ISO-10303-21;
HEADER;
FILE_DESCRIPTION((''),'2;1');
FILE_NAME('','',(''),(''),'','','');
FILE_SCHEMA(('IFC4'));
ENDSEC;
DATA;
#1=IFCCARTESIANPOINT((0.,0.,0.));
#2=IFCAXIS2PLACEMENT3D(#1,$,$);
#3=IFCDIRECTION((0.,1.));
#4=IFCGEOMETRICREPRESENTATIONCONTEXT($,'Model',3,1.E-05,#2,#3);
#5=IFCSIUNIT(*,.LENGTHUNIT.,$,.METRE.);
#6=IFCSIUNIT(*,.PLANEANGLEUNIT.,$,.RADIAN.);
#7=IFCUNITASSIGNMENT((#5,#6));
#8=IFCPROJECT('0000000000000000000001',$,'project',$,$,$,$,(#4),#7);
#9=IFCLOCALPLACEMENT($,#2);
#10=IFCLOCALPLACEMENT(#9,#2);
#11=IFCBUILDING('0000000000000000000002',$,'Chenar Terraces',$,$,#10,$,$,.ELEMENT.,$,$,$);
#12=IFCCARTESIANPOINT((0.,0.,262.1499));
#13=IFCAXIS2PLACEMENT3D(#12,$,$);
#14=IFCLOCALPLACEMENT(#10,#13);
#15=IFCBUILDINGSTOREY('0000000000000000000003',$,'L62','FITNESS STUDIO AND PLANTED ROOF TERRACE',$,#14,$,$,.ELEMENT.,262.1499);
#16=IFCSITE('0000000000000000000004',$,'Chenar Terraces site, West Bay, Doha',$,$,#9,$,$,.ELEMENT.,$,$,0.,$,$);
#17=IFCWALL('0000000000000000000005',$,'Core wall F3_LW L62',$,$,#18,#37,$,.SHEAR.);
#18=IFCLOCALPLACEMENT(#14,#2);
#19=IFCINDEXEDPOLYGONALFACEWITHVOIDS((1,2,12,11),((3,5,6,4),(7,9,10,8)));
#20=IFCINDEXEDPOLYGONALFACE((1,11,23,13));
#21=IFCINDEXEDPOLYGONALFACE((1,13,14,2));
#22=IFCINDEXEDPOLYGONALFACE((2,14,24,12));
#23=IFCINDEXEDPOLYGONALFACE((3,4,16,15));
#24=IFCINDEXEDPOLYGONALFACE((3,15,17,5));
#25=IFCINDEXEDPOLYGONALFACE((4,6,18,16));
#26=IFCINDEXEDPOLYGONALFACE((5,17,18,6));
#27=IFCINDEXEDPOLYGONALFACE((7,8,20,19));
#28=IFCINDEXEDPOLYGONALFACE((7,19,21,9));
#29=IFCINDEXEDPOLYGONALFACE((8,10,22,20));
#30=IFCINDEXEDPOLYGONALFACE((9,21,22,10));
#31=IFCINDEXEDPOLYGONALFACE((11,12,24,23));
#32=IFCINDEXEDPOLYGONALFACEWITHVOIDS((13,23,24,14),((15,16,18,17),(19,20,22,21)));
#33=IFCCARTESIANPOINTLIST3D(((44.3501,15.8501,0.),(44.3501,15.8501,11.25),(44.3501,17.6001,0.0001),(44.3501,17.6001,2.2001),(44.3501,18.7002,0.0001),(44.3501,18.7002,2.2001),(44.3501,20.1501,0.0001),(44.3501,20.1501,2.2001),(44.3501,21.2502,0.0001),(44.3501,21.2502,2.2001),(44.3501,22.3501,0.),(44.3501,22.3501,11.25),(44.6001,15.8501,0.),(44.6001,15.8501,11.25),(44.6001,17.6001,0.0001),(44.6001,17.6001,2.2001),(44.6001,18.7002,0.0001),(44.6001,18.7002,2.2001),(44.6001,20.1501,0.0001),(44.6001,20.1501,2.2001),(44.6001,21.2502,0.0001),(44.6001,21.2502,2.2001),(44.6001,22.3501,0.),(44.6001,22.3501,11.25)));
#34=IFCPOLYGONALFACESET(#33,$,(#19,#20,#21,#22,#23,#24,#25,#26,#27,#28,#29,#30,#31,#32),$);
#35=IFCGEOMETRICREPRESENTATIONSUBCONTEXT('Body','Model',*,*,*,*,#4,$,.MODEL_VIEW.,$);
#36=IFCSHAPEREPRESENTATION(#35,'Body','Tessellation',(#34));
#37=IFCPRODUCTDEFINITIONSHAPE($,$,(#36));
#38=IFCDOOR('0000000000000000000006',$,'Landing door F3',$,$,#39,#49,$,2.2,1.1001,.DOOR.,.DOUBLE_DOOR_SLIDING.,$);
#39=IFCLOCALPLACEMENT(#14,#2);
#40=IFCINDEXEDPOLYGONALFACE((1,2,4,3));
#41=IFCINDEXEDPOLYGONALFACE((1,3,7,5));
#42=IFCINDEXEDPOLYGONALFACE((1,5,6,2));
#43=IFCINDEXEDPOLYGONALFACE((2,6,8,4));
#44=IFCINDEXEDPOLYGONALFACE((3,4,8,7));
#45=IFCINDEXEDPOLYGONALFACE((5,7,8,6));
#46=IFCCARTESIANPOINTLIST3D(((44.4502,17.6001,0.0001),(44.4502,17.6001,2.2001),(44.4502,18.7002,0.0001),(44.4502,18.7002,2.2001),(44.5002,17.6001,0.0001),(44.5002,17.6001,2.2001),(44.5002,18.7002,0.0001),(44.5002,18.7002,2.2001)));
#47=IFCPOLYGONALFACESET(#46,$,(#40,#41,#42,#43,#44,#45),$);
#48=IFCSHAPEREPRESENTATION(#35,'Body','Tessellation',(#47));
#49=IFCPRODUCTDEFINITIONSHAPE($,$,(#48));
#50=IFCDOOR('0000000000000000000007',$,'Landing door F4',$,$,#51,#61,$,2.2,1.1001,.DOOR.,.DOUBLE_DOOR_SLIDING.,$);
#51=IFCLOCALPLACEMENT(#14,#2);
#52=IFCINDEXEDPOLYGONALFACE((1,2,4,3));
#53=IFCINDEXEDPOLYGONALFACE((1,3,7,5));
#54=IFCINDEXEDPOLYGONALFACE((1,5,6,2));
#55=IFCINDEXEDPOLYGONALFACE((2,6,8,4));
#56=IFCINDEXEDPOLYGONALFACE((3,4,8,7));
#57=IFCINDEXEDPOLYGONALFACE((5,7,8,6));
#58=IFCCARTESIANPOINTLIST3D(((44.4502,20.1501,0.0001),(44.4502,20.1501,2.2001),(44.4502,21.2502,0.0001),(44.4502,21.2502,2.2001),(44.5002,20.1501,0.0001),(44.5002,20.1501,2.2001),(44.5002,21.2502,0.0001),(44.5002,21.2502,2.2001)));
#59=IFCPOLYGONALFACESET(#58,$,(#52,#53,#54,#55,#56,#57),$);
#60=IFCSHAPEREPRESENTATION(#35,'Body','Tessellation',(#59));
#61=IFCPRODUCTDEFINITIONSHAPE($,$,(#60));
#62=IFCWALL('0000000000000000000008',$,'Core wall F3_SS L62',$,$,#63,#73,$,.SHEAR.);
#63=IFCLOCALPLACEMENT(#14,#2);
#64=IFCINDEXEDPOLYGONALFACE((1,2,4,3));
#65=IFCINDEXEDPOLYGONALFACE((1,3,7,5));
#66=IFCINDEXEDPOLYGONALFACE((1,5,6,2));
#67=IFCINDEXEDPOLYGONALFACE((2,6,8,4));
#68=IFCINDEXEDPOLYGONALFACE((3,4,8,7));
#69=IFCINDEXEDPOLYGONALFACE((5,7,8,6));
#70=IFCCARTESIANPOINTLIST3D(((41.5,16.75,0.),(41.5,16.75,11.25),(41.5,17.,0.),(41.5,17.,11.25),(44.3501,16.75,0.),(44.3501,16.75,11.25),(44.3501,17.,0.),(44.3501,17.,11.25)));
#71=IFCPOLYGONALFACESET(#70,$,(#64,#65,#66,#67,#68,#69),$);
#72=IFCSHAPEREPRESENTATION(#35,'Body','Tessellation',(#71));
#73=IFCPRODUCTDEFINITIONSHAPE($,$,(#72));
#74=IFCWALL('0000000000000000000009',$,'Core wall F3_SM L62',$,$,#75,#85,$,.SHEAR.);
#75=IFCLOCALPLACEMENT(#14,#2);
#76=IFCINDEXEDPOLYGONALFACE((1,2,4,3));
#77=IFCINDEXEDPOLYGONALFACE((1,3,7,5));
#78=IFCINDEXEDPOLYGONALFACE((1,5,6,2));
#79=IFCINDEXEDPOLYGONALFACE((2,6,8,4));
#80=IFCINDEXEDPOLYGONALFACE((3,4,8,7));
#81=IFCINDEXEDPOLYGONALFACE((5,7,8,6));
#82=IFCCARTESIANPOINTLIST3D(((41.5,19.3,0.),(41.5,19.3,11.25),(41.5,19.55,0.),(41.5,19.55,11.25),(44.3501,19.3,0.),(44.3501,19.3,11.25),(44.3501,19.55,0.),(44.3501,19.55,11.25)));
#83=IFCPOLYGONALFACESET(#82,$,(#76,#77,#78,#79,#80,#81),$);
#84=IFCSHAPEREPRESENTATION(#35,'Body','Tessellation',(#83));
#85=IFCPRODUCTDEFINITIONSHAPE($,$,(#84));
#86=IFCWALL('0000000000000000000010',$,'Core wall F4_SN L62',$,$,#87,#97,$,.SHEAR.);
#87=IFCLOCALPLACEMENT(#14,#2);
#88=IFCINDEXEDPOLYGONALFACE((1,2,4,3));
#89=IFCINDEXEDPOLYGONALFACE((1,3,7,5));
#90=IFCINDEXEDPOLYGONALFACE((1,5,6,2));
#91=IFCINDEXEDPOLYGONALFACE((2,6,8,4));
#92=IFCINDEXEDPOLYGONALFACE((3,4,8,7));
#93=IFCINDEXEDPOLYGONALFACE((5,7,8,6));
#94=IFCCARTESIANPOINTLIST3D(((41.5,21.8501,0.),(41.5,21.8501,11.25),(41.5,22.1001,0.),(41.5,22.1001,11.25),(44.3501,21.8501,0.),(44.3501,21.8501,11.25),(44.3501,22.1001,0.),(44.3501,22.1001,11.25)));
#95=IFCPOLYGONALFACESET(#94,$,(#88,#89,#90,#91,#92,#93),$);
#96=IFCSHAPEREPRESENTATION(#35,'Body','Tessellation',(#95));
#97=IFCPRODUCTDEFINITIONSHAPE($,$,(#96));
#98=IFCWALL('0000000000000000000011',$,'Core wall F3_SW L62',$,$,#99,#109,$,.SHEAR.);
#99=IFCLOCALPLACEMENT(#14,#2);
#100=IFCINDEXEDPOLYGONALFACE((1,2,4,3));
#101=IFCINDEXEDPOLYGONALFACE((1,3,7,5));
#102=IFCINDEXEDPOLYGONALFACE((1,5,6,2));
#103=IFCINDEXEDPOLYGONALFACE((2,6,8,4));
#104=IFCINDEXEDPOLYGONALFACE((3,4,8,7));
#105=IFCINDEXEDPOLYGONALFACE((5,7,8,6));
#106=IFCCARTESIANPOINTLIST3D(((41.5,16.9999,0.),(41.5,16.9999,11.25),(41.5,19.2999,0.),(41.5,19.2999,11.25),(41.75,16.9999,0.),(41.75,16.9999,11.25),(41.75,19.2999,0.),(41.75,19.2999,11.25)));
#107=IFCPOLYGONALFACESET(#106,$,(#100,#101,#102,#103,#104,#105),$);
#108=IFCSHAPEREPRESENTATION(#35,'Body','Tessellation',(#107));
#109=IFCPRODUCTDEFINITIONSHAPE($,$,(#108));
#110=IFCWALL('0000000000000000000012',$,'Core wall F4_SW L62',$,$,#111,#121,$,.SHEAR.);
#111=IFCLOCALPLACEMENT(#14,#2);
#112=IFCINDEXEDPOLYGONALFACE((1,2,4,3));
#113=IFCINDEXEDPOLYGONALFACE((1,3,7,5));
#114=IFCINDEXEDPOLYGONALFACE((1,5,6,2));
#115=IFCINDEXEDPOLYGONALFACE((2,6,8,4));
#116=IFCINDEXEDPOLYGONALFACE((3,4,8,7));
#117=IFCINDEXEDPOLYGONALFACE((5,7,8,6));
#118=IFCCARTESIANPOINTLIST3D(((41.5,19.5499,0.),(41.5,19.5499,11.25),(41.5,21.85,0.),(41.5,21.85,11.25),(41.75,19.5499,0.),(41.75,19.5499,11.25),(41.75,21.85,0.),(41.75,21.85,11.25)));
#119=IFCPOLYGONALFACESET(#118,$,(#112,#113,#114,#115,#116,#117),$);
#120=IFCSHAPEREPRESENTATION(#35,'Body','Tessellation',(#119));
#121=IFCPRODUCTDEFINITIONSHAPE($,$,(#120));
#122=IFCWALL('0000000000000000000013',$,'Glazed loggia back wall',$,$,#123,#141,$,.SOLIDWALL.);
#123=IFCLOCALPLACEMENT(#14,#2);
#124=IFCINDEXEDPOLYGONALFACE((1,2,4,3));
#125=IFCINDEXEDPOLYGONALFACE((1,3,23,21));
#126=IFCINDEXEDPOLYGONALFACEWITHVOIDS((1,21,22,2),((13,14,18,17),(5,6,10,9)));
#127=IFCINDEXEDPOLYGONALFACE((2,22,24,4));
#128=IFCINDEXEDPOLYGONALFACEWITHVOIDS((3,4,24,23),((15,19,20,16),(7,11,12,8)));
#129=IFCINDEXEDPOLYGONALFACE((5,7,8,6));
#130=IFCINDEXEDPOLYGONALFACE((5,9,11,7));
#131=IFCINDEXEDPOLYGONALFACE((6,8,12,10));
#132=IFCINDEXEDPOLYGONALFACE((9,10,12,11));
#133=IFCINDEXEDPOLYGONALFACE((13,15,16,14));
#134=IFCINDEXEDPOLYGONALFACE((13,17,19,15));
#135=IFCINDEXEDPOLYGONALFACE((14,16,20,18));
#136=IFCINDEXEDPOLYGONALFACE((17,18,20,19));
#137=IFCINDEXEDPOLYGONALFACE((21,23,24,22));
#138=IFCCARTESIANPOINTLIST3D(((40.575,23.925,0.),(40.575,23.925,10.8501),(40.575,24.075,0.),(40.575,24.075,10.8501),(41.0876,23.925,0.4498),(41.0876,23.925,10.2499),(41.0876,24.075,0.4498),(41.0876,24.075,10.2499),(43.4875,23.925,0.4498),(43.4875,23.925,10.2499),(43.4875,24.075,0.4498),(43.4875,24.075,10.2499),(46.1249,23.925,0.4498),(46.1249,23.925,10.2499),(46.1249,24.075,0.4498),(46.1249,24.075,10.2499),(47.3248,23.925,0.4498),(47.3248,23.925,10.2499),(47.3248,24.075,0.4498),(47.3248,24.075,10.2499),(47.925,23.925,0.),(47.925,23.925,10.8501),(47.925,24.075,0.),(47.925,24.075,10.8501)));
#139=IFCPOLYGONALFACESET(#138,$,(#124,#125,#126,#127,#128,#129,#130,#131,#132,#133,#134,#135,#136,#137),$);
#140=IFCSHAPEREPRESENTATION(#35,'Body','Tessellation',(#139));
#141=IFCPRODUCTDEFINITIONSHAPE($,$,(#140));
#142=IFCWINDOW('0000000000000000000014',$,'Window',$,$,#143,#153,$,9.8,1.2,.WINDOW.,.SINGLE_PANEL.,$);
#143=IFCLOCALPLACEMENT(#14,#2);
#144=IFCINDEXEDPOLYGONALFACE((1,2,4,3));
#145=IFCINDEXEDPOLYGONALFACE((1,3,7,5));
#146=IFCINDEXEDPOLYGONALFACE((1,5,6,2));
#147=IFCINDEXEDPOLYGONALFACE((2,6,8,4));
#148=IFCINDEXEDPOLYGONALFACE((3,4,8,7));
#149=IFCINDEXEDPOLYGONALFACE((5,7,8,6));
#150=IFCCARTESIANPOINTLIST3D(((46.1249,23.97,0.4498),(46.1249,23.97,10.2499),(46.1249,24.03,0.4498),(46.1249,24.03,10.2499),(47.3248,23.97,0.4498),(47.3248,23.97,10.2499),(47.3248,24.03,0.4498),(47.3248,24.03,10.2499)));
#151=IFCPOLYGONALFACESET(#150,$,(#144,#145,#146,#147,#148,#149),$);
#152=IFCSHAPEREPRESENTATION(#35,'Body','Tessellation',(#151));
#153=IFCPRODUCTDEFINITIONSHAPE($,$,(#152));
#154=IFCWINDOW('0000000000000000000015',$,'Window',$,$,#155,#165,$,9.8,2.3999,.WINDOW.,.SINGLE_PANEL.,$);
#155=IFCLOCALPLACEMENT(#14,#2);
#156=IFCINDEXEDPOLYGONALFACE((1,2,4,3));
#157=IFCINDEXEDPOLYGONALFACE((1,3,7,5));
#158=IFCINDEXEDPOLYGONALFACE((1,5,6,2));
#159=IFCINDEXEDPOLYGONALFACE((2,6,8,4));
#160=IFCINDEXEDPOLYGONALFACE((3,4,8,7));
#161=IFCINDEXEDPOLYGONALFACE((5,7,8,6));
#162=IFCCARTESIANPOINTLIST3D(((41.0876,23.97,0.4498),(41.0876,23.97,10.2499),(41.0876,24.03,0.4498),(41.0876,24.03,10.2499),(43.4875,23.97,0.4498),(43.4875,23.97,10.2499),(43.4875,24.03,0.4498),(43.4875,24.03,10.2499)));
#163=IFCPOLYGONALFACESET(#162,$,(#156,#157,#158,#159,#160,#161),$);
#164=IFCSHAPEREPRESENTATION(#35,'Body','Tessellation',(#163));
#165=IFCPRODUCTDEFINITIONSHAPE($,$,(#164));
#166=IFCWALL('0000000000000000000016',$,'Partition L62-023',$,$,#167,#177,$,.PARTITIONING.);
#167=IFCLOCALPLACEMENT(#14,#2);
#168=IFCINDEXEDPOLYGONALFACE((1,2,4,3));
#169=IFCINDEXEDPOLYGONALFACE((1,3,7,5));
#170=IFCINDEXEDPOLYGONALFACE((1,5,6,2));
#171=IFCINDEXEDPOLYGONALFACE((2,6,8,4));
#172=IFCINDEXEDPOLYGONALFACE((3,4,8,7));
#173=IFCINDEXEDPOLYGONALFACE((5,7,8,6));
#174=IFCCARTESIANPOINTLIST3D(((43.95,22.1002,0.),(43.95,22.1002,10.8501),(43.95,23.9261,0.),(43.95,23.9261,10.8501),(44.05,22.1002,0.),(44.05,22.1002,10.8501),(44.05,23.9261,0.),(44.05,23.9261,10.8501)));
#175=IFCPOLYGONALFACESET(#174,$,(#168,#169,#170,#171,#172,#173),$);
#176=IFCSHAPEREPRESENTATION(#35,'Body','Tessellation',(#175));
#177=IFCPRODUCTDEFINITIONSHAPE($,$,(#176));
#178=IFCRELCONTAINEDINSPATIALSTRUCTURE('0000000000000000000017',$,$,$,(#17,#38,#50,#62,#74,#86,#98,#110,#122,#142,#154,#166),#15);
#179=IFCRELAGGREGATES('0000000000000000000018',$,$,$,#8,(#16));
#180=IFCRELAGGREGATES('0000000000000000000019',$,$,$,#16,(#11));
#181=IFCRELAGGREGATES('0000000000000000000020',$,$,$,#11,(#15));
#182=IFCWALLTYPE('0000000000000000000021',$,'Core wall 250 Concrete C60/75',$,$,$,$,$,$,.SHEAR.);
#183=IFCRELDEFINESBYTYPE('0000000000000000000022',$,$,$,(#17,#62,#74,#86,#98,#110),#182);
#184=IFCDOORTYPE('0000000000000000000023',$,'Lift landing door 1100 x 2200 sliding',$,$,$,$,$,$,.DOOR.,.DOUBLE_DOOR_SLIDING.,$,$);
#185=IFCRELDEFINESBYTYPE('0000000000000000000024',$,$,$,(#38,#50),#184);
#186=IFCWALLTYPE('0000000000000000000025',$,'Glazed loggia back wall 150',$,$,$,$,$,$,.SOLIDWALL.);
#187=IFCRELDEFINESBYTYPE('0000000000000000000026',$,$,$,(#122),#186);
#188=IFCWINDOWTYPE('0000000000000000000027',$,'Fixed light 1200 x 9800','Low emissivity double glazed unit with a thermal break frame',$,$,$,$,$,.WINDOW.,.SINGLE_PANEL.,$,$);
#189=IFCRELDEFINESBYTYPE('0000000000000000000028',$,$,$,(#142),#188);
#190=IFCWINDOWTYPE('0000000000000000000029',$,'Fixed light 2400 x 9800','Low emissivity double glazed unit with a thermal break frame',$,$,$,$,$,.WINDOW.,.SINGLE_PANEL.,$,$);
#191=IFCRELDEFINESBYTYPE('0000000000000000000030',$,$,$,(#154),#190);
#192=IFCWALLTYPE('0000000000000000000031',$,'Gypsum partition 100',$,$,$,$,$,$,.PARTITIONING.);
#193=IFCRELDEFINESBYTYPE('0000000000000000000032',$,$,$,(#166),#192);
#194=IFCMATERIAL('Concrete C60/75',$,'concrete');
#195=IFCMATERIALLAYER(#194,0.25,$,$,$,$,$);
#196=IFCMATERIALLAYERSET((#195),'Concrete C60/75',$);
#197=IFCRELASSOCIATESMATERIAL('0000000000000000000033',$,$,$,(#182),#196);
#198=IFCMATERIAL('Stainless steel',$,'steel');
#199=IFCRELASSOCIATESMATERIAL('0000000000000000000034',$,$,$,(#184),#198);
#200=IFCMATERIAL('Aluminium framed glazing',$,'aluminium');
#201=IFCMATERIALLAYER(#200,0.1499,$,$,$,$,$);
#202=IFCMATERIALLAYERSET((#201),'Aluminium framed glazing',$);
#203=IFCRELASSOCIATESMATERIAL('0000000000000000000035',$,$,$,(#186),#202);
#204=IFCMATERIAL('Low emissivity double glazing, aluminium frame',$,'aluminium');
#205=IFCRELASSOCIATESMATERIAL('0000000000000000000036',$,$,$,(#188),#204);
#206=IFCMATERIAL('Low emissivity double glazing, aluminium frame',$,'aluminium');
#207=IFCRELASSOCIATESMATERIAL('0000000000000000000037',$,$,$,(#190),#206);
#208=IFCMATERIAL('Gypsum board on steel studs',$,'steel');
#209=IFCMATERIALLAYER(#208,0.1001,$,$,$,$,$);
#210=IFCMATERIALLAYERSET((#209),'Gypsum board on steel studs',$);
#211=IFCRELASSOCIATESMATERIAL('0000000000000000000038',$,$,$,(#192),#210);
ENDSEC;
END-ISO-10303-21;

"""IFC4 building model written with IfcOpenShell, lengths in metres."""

from ifc_helpers import new_model, si_unit, direction, frame, frame_2d, origin, place, context, subcontext, project, spatial, rectangle, extrude, material, layer, layer_set, type_object, element, fill, save


model = new_model("IFC4")

# Units and contexts
model_context = context("Model", 3, precision=1e-05, world=origin(), true_north=direction((0.0, 1.0)))
body_context = subcontext(model_context, "Body", "Model", "MODEL_VIEW")
ifc_project = project(units=[si_unit("LENGTHUNIT", "METRE"), si_unit("PLANEANGLEUNIT", "RADIAN")], contexts=[model_context])

# Site, building, storey
site_placement = place(None, origin())
site = spatial("IfcSite", under=ifc_project, at=site_placement, Name="Chenar Terraces site, West Bay, Doha", CompositionType="ELEMENT", RefElevation=0.0)
building_placement = place(site_placement, origin())
building = spatial("IfcBuilding", under=site, at=building_placement, Name="Chenar Terraces", CompositionType="ELEMENT")
storey_placement = place(building_placement, frame((0.0, 0.0, 262.1499)))
storey = spatial("IfcBuildingStorey", under=building, at=storey_placement, Name="L62", Description="FITNESS STUDIO AND PLANTED ROOF TERRACE", CompositionType="ELEMENT", Elevation=262.1499)

# Shared definitions
ifc_material_1 = material(Name="Concrete C60/75", Category="concrete")
ifc_layer_1 = layer(ifc_material_1, 0.25)
ifc_layer_set_1 = layer_set([ifc_layer_1], Name="Concrete C60/75")
wall_type_1 = type_object("IfcWallType", Name="Core wall 250 Concrete C60/75", PredefinedType="SHEAR", material=ifc_layer_set_1)

# Wall, openings, doors
wall_1_placement = place(storey_placement, frame((44.4751, 15.8501, 0.0), z_axis=(0.0, 0.0, 1.0), x_axis=(0.0, 1.0, 0.0)))
wall_1 = element("IfcWall", 1, at=wall_1_placement, inside=storey, type_object=wall_type_1, Name="Core wall F3_LW L62", PredefinedType="SHEAR", context=body_context, shape_type="SweptSolid", body=[
    extrude(rectangle(XDim=6.5, YDim=0.25, at=frame_2d((3.25, 0.0))), origin(), (0.0, 0.0, 1.0), 11.25),
])
opening_1_placement = place(wall_1_placement, frame((1.75, 0.0, 0.0)))
opening_1 = element("IfcOpeningElement", 2, at=opening_1_placement, cuts=wall_1, PredefinedType="OPENING", context=body_context, shape_type="SweptSolid", body=[
    extrude(rectangle(XDim=1.1001, YDim=2.2, at=frame_2d((0.55, 1.1001))), frame((0.0, 0.135, 0.0), z_axis=(0.0, -1.0, 0.0), x_axis=(1.0, 0.0, 0.0)), (0.0, 0.0, 1.0), 0.27),
])
opening_2_placement = place(wall_1_placement, frame((4.3, 0.0, 0.0)))
opening_2 = element("IfcOpeningElement", 3, at=opening_2_placement, cuts=wall_1, PredefinedType="OPENING", context=body_context, shape_type="SweptSolid", body=[
    extrude(rectangle(XDim=1.1001, YDim=2.2, at=frame_2d((0.55, 1.1001))), frame((0.0, 0.135, 0.0), z_axis=(0.0, -1.0, 0.0), x_axis=(1.0, 0.0, 0.0)), (0.0, 0.0, 1.0), 0.27),
])
ifc_material_2 = material(Name="Stainless steel", Category="steel")
door_type_1 = type_object("IfcDoorType", Name="Lift landing door 1100 x 2200 sliding", OperationType="DOUBLE_DOOR_SLIDING", PredefinedType="DOOR", material=ifc_material_2)
door_1_placement = place(opening_1_placement, origin())
door_1 = element("IfcDoor", 4, at=door_1_placement, inside=storey, type_object=door_type_1, Name="Landing door F3", OperationType="DOUBLE_DOOR_SLIDING", OverallHeight=2.2, OverallWidth=1.1001, PredefinedType="DOOR", context=body_context, shape_type="SweptSolid", body=[
    extrude(rectangle(XDim=1.1001, YDim=2.2, at=frame_2d((0.55, 1.1001))), frame((0.0, 0.0249, 0.0), z_axis=(0.0, -1.0, 0.0), x_axis=(1.0, 0.0, 0.0)), (0.0, 0.0, 1.0), 0.05),
])
fill(opening_1, door_1)
door_2_placement = place(opening_2_placement, origin())
door_2 = element("IfcDoor", 5, at=door_2_placement, inside=storey, type_object=door_type_1, Name="Landing door F4", OperationType="DOUBLE_DOOR_SLIDING", OverallHeight=2.2, OverallWidth=1.1001, PredefinedType="DOOR", context=body_context, shape_type="SweptSolid", body=[
    extrude(rectangle(XDim=1.1001, YDim=2.2, at=frame_2d((0.55, 1.1001))), frame((0.0, 0.0249, 0.0), z_axis=(0.0, -1.0, 0.0), x_axis=(1.0, 0.0, 0.0)), (0.0, 0.0, 1.0), 0.05),
])
fill(opening_2, door_2)

# Walls
for number, where, z_axis, x_axis, name in (
    (6, (41.5, 16.875, 0.0), (0.0, 0.0, 1.0), (1.0, 0.0, 0.0), "Core wall F3_SS L62"),
    (7, (41.5, 19.425, 0.0), (0.0, 0.0, 1.0), (1.0, 0.0, 0.0), "Core wall F3_SM L62"),
    (8, (41.5, 21.9751, 0.0), (0.0, 0.0, 1.0), (1.0, 0.0, 0.0), "Core wall F4_SN L62"),
):
    element("IfcWall", number, at=place(storey_placement, frame(where, z_axis=z_axis, x_axis=x_axis)), inside=storey, type_object=wall_type_1, Name=name, PredefinedType="SHEAR", context=body_context, shape_type="SweptSolid", body=[
        extrude(rectangle(XDim=2.8501, YDim=0.25, at=frame_2d((1.425, 0.0))), origin(), (0.0, 0.0, 1.0), 11.25),
    ])
for number, where, z_axis, x_axis, name in (
    (9, (41.625, 17.0, 0.0), (0.0, 0.0, 1.0), (0.0, 1.0, 0.0), "Core wall F3_SW L62"),
    (10, (41.625, 19.55, 0.0), (0.0, 0.0, 1.0), (0.0, 1.0, 0.0), "Core wall F4_SW L62"),
):
    element("IfcWall", number, at=place(storey_placement, frame(where, z_axis=z_axis, x_axis=x_axis)), inside=storey, type_object=wall_type_1, Name=name, PredefinedType="SHEAR", context=body_context, shape_type="SweptSolid", body=[
        extrude(rectangle(XDim=2.3, YDim=0.25, at=frame_2d((1.1499, 0.0))), origin(), (0.0, 0.0, 1.0), 11.25),
    ])

# Wall, openings, windows
ifc_material_3 = material(Name="Aluminium framed glazing", Category="aluminium")
ifc_layer_2 = layer(ifc_material_3, 0.1499)
ifc_layer_set_2 = layer_set([ifc_layer_2], Name="Aluminium framed glazing")
wall_type_2 = type_object("IfcWallType", Name="Glazed loggia back wall 150", PredefinedType="SOLIDWALL", material=ifc_layer_set_2)
wall_2_placement = place(storey_placement, frame((47.925, 24.0, 0.0), z_axis=(0.0, 0.0, 1.0), x_axis=(-1.0, 0.0, 0.0)))
wall_2 = element("IfcWall", 11, at=wall_2_placement, inside=storey, type_object=wall_type_2, Name="Glazed loggia back wall", PredefinedType="SOLIDWALL", context=body_context, shape_type="SweptSolid", body=[
    extrude(rectangle(XDim=7.3501, YDim=0.1499, at=frame_2d((3.675, 0.0))), origin(), (0.0, 0.0, 1.0), 10.8501),
])
opening_3_placement = place(wall_2_placement, frame((0.6001, 0.0, 0.45)))
opening_3 = element("IfcOpeningElement", 12, at=opening_3_placement, cuts=wall_2, PredefinedType="OPENING", context=body_context, shape_type="SweptSolid", body=[
    extrude(rectangle(XDim=1.2, YDim=9.8, at=frame_2d((0.6001, 4.8999))), frame((0.0, 0.085, 0.0), z_axis=(0.0, -1.0, 0.0), x_axis=(1.0, 0.0, 0.0)), (0.0, 0.0, 1.0), 0.1699),
])
opening_4_placement = place(wall_2_placement, frame((4.4375, 0.0, 0.45)))
opening_4 = element("IfcOpeningElement", 13, at=opening_4_placement, cuts=wall_2, PredefinedType="OPENING", context=body_context, shape_type="SweptSolid", body=[
    extrude(rectangle(XDim=2.3999, YDim=9.8, at=frame_2d((1.2, 4.8999))), frame((0.0, 0.085, 0.0), z_axis=(0.0, -1.0, 0.0), x_axis=(1.0, 0.0, 0.0)), (0.0, 0.0, 1.0), 0.1699),
])
ifc_material_4 = material(Name="Low emissivity double glazing, aluminium frame", Category="aluminium")
window_type_1 = type_object("IfcWindowType", Name="Fixed light 1200 x 9800", Description="Low emissivity double glazed unit with a thermal break frame", PartitioningType="SINGLE_PANEL", PredefinedType="WINDOW", material=ifc_material_4)
window_1_placement = place(opening_3_placement, origin())
window_1 = element("IfcWindow", 14, at=window_1_placement, inside=storey, type_object=window_type_1, Name="Window", OverallHeight=9.8, OverallWidth=1.2, PartitioningType="SINGLE_PANEL", PredefinedType="WINDOW", context=body_context, shape_type="SweptSolid", body=[
    extrude(rectangle(XDim=1.2, YDim=9.8, at=frame_2d((0.6001, 4.8999))), frame((0.0, 0.03, 0.0), z_axis=(0.0, -1.0, 0.0), x_axis=(1.0, 0.0, 0.0)), (0.0, 0.0, 1.0), 0.0601),
])
fill(opening_3, window_1)
ifc_material_5 = material(Name="Low emissivity double glazing, aluminium frame", Category="aluminium")
window_type_2 = type_object("IfcWindowType", Name="Fixed light 2400 x 9800", Description="Low emissivity double glazed unit with a thermal break frame", PartitioningType="SINGLE_PANEL", PredefinedType="WINDOW", material=ifc_material_5)
window_2_placement = place(opening_4_placement, origin())
window_2 = element("IfcWindow", 15, at=window_2_placement, inside=storey, type_object=window_type_2, Name="Window", OverallHeight=9.8, OverallWidth=2.3999, PartitioningType="SINGLE_PANEL", PredefinedType="WINDOW", context=body_context, shape_type="SweptSolid", body=[
    extrude(rectangle(XDim=2.3999, YDim=9.8, at=frame_2d((1.2, 4.8999))), frame((0.0, 0.03, 0.0), z_axis=(0.0, -1.0, 0.0), x_axis=(1.0, 0.0, 0.0)), (0.0, 0.0, 1.0), 0.0601),
])
fill(opening_4, window_2)

# Wall
ifc_material_6 = material(Name="Gypsum board on steel studs", Category="steel")
ifc_layer_3 = layer(ifc_material_6, 0.1001)
ifc_layer_set_3 = layer_set([ifc_layer_3], Name="Gypsum board on steel studs")
wall_type_3 = type_object("IfcWallType", Name="Gypsum partition 100", PredefinedType="PARTITIONING", material=ifc_layer_set_3)
wall_3_placement = place(storey_placement, frame((44.0, 22.1001, 0.0), z_axis=(0.0, 0.0, 1.0), x_axis=(0.0, 1.0, 0.0)))
element("IfcWall", 16, at=wall_3_placement, inside=storey, type_object=wall_type_3, Name="Partition L62-023", PredefinedType="PARTITIONING", context=body_context, shape_type="SweptSolid", body=[
    extrude(rectangle(XDim=1.8259, YDim=0.1001, at=frame_2d((0.9131, 0.0))), origin(), (0.0, 0.0, 1.0), 10.8501),
])

save(model, "model.ifc")
